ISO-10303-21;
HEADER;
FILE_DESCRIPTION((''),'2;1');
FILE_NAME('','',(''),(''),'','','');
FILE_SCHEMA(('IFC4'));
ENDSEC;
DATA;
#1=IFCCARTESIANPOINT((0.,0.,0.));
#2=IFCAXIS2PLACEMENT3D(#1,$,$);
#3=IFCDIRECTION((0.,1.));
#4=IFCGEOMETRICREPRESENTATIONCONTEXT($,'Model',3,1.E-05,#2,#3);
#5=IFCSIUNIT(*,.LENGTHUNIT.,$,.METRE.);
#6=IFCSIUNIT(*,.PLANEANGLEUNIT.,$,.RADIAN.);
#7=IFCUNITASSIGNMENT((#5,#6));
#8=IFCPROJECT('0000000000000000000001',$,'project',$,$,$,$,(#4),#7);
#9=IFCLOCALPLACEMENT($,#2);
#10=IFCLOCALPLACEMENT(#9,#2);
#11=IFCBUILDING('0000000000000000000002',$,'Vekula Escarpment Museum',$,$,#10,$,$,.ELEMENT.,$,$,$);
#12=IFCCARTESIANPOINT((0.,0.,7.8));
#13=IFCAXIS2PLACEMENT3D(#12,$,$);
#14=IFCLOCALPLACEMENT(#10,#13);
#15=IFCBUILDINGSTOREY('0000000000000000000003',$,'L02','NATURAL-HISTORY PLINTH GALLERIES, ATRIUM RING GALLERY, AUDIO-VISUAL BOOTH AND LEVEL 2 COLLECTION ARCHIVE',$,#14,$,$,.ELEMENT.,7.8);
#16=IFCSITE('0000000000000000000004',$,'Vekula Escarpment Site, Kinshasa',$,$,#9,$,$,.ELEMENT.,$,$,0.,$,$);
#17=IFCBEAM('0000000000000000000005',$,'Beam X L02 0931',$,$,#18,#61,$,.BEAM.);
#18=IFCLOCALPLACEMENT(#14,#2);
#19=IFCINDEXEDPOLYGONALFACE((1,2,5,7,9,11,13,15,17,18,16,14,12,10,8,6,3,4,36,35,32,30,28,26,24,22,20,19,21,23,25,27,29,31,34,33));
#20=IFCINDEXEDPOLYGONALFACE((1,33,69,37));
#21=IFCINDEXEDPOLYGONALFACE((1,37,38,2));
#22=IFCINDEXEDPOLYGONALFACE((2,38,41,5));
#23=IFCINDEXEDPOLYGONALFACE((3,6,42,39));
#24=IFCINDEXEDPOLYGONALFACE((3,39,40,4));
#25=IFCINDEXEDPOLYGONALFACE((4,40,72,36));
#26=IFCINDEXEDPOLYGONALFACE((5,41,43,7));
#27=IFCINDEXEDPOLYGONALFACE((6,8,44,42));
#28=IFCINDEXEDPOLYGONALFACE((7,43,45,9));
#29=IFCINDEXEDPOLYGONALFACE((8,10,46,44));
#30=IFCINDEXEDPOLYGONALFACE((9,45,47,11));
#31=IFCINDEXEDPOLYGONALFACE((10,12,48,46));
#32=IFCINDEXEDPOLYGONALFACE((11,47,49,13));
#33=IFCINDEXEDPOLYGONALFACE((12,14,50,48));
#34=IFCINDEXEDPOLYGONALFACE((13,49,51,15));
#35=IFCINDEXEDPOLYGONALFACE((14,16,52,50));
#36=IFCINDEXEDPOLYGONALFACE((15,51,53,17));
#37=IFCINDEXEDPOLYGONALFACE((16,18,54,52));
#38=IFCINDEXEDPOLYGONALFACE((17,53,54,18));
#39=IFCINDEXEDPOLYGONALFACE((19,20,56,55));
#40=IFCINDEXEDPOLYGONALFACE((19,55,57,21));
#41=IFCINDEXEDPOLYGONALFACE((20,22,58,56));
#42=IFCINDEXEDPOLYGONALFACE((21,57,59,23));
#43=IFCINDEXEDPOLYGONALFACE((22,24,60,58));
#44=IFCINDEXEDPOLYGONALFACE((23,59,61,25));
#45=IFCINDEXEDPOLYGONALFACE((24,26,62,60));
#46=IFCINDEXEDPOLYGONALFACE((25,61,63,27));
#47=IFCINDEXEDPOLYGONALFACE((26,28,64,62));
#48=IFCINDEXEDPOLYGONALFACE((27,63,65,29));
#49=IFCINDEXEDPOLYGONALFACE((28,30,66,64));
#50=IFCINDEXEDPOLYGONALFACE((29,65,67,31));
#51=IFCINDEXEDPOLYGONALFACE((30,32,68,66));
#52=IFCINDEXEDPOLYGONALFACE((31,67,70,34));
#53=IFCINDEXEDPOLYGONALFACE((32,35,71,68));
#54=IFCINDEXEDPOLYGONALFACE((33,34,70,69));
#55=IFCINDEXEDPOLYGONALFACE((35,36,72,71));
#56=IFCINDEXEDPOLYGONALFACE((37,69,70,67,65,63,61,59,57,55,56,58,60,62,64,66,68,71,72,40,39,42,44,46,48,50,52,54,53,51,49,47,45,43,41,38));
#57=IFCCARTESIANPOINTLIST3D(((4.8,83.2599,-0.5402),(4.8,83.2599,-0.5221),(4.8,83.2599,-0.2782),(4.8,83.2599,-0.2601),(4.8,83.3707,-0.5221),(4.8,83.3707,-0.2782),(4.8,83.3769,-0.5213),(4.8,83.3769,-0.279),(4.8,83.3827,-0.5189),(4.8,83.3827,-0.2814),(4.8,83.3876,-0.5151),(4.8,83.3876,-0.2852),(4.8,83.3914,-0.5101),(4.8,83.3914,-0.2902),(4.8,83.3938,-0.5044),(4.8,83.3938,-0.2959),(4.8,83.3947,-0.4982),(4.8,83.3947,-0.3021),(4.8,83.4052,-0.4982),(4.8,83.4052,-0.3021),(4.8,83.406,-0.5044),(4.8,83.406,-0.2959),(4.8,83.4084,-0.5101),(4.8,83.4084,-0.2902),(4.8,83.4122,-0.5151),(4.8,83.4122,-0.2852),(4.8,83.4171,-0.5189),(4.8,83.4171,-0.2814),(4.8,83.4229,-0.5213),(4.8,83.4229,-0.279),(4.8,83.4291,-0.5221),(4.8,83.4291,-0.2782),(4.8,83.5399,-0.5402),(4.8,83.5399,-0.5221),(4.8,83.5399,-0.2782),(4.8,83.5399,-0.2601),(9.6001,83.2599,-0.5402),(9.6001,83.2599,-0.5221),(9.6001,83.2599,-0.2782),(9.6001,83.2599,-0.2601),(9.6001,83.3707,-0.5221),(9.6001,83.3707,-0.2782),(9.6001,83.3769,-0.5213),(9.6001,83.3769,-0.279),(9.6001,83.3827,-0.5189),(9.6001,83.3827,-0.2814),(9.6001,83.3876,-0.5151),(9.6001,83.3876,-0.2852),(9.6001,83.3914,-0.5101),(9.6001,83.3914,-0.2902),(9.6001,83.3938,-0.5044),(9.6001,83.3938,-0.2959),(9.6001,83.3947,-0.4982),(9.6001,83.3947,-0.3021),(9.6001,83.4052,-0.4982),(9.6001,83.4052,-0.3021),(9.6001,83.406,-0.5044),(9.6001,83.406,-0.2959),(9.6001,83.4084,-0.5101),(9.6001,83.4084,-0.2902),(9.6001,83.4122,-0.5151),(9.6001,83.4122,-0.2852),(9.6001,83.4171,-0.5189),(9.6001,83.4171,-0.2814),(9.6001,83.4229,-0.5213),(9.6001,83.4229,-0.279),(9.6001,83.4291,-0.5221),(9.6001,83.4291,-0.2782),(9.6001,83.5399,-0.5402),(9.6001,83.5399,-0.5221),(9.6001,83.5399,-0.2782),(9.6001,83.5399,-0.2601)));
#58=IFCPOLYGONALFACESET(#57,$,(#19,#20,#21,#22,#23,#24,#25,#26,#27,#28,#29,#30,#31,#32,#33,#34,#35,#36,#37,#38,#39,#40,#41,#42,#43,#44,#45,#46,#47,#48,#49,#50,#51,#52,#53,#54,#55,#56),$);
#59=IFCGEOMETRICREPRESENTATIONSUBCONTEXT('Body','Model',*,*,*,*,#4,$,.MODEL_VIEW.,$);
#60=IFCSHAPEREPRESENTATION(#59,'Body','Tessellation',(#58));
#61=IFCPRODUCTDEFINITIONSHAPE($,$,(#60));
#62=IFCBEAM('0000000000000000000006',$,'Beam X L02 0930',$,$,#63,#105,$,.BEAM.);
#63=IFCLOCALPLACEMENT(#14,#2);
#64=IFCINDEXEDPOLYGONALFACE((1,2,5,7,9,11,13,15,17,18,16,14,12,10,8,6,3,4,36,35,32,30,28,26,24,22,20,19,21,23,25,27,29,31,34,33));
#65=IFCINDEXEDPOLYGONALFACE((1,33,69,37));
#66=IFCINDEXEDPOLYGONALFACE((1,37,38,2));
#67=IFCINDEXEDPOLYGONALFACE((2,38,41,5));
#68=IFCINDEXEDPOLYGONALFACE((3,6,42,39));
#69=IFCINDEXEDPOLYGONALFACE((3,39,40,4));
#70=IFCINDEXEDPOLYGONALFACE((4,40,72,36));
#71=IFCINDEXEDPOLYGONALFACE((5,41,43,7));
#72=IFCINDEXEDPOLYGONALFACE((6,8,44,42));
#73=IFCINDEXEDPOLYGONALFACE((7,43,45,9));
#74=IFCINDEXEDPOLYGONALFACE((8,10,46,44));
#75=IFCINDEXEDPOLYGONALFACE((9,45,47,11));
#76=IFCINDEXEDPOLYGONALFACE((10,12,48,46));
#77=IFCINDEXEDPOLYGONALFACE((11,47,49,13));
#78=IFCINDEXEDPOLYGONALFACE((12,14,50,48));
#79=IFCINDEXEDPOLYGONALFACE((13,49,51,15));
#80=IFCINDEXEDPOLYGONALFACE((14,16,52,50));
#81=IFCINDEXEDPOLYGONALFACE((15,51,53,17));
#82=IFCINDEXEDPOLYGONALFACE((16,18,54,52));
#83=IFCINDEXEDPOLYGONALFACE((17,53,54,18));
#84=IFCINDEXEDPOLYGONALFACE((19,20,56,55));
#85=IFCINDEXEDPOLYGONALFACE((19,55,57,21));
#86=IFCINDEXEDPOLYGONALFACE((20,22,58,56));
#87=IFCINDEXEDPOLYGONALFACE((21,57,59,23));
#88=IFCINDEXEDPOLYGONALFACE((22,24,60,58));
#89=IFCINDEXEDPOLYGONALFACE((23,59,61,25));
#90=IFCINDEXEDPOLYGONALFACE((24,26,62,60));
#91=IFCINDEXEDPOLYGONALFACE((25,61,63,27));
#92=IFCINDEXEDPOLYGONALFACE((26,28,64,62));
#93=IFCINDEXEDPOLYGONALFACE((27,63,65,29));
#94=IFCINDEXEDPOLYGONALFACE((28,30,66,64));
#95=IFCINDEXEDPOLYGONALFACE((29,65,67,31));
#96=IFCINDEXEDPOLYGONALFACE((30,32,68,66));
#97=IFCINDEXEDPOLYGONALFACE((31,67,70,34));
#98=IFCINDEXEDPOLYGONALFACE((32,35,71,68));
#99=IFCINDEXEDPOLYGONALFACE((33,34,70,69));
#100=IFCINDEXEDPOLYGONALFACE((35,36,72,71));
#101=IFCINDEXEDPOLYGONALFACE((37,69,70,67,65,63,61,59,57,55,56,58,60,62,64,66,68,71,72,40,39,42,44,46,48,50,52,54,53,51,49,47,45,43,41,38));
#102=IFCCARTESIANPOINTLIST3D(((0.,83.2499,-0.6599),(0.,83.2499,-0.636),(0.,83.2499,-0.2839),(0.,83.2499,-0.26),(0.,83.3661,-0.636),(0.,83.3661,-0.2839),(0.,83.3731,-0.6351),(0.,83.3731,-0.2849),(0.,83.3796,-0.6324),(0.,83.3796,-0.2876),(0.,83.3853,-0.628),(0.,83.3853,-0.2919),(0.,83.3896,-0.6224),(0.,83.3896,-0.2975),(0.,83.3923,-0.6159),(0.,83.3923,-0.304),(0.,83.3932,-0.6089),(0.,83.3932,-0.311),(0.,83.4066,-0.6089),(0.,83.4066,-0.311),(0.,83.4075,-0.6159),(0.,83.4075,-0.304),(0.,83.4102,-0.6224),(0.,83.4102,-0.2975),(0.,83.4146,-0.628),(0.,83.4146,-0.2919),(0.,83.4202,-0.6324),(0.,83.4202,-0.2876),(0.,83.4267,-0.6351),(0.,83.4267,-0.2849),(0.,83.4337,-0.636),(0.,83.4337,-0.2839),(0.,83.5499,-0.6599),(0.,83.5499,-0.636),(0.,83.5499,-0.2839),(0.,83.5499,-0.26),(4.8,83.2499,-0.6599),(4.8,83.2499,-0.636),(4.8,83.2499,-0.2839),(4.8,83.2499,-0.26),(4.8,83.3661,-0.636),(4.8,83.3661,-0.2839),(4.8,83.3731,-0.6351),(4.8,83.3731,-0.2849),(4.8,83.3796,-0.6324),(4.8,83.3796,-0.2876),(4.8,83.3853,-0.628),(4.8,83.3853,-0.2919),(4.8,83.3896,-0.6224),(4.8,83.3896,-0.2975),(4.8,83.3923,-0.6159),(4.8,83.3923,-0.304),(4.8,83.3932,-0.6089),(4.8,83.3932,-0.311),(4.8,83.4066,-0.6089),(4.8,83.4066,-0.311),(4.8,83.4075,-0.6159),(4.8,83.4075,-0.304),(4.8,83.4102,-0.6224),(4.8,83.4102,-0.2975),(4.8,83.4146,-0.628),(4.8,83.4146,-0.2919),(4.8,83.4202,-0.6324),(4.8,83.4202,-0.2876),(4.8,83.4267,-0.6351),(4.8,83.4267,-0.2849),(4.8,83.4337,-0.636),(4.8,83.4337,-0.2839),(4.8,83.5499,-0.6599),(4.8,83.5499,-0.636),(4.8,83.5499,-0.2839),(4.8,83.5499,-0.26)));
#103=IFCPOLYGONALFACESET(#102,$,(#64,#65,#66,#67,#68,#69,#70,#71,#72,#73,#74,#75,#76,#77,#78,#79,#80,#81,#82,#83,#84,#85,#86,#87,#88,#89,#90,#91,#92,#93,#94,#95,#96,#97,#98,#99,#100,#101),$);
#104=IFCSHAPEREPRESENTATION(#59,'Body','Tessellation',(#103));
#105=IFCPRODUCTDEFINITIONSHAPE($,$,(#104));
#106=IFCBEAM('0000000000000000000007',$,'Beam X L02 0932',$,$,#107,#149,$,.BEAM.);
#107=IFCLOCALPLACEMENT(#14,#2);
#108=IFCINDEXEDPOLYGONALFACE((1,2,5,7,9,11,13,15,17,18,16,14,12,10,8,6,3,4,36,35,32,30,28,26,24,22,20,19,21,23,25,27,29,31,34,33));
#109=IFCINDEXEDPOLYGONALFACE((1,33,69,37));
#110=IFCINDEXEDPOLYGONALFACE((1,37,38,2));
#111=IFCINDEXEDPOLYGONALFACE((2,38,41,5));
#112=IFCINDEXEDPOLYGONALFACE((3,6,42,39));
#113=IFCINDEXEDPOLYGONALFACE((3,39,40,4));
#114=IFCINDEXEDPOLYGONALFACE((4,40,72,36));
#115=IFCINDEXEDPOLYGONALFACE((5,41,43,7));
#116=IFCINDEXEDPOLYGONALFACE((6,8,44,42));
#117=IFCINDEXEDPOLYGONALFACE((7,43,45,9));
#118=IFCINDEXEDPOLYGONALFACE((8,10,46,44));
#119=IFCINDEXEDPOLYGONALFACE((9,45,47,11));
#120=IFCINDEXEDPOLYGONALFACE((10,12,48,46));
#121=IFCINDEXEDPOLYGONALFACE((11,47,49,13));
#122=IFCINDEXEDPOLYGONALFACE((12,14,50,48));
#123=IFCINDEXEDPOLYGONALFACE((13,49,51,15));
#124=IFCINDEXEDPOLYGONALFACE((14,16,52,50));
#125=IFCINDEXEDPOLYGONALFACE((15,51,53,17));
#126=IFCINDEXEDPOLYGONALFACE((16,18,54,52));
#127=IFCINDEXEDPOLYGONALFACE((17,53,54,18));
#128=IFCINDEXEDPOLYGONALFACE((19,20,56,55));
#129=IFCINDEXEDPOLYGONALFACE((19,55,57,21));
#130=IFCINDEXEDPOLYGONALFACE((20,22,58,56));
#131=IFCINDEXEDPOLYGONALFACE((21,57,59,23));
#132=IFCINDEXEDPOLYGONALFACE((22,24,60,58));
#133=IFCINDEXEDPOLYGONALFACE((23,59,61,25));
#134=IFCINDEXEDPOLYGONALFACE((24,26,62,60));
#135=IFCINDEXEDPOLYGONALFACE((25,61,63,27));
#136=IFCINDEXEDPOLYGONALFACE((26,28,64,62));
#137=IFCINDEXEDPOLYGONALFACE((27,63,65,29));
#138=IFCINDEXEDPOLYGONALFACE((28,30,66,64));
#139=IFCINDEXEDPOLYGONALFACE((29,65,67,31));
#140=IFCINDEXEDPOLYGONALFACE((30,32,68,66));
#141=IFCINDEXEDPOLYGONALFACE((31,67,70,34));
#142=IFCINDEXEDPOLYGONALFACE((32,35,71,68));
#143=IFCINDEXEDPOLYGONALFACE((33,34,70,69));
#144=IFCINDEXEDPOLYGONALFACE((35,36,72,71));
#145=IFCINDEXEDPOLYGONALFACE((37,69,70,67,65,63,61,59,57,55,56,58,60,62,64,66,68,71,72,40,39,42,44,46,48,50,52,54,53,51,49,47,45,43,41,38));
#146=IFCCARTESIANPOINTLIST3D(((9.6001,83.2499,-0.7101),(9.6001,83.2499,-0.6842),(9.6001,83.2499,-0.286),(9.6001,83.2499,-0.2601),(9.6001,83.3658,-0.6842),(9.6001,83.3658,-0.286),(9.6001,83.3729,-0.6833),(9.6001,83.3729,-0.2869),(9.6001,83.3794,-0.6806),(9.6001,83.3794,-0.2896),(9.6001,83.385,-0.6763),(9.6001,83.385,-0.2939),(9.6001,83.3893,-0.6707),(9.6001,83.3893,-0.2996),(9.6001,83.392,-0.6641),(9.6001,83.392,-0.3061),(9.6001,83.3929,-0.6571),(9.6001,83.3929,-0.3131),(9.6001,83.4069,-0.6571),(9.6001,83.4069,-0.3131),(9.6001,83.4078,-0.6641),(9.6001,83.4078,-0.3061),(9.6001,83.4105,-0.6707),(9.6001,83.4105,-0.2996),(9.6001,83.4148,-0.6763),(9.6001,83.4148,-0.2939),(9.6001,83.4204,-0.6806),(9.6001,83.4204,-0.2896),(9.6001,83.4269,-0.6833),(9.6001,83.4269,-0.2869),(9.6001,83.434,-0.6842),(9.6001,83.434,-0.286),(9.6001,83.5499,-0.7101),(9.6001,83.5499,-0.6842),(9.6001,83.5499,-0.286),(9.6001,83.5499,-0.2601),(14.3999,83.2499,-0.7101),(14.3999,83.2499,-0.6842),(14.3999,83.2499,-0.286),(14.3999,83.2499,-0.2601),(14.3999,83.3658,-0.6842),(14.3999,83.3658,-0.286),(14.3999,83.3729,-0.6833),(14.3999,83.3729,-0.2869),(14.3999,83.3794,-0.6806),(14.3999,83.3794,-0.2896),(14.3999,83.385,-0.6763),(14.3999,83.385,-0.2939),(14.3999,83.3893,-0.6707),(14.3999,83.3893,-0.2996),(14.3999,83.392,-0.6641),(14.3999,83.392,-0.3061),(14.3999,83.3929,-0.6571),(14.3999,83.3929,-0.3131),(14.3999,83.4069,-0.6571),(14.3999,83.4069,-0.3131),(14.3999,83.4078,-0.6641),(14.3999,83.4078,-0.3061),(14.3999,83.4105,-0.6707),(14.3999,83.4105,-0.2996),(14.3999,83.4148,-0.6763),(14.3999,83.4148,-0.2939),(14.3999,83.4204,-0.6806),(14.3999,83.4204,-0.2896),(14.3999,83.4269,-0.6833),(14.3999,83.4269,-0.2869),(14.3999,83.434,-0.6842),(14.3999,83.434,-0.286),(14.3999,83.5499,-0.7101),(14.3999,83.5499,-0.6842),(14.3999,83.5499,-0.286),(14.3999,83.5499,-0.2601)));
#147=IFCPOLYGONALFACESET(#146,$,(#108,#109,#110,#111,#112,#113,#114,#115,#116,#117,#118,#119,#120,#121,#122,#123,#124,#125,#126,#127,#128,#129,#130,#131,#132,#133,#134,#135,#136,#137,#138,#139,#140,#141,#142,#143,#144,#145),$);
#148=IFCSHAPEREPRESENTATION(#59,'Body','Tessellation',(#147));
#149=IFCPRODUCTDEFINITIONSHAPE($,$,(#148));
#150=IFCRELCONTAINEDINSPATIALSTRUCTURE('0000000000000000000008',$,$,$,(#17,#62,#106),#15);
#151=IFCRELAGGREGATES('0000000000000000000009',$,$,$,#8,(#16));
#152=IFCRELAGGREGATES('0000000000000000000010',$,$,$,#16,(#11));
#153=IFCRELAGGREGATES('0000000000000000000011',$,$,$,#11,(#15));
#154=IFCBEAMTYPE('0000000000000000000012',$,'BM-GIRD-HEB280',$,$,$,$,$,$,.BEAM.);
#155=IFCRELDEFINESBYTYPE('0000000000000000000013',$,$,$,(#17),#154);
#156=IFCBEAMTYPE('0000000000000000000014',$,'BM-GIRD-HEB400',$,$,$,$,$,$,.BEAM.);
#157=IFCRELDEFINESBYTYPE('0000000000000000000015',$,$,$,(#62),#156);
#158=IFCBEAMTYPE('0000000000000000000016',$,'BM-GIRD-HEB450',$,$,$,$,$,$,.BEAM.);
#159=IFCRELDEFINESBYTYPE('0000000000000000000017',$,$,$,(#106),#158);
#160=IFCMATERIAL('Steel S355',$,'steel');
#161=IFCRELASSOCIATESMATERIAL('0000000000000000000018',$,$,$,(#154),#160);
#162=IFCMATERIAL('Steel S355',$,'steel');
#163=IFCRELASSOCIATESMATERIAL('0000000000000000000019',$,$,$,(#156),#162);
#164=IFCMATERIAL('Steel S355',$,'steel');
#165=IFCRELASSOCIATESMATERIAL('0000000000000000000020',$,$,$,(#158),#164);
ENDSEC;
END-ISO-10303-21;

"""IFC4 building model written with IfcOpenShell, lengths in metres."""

from ifc_helpers import new_model, si_unit, direction, frame, origin, origin_2d, place, context, subcontext, project, spatial, i_section, extrude, material, material_profile, profile_set, type_object, element, save


model = new_model("IFC4")

# Units and contexts
model_context = context("Model", 3, precision=1e-05, world=origin(), true_north=direction((0.0, 1.0)))
body_context = subcontext(model_context, "Body", "Model", "MODEL_VIEW")
ifc_project = project(units=[si_unit("LENGTHUNIT", "METRE"), si_unit("PLANEANGLEUNIT", "RADIAN")], contexts=[model_context])

# Site, building, storey
site_placement = place(None, origin())
site = spatial("IfcSite", under=ifc_project, at=site_placement, Name="Vekula Escarpment Site, Kinshasa", CompositionType="ELEMENT", RefElevation=0.0)
building_placement = place(site_placement, origin())
building = spatial("IfcBuilding", under=site, at=building_placement, Name="Vekula Escarpment Museum", CompositionType="ELEMENT")
storey_placement = place(building_placement, frame((0.0, 0.0, 7.8)))
storey = spatial("IfcBuildingStorey", under=building, at=storey_placement, Name="L02", Description="NATURAL-HISTORY PLINTH GALLERIES, ATRIUM RING GALLERY, AUDIO-VISUAL BOOTH AND LEVEL 2 COLLECTION ARCHIVE", CompositionType="ELEMENT", Elevation=7.8)

# Beams
ifc_material_1 = material(Name="Steel S355", Category="steel")
ifc_material_profile_1 = material_profile(ifc_material_1, i_section(OverallWidth=0.28, OverallDepth=0.28, WebThickness=0.0105, FlangeThickness=0.0181, FilletRadius=0.0239, at=origin_2d()), Name="HEB 280")
ifc_profile_set_1 = profile_set([ifc_material_profile_1], Name="Steel S355")
beam_type_1 = type_object("IfcBeamType", Name="BM-GIRD-HEB280", PredefinedType="BEAM", material=ifc_profile_set_1)
beam_1_placement = place(storey_placement, frame((4.8, 83.3999, -0.4001), z_axis=(1.0, 0.0, 0.0), x_axis=(0.0, 1.0, 0.0)))
element("IfcBeam", 1, at=beam_1_placement, inside=storey, type_object=beam_type_1, Name="Beam X L02 0931", PredefinedType="BEAM", context=body_context, shape_type="SweptSolid", body=[
    extrude(i_section(OverallWidth=0.28, OverallDepth=0.28, WebThickness=0.0105, FlangeThickness=0.0181, FilletRadius=0.0239, at=origin_2d()), origin(), (0.0, 0.0, 1.0), 4.8),
])
ifc_material_2 = material(Name="Steel S355", Category="steel")
ifc_material_profile_2 = material_profile(ifc_material_2, i_section(OverallWidth=0.3, OverallDepth=0.3999, WebThickness=0.0134, FlangeThickness=0.0239, FilletRadius=0.0271, at=origin_2d()), Name="HEB 400")
ifc_profile_set_2 = profile_set([ifc_material_profile_2], Name="Steel S355")
beam_type_2 = type_object("IfcBeamType", Name="BM-GIRD-HEB400", PredefinedType="BEAM", material=ifc_profile_set_2)
beam_2_placement = place(storey_placement, frame((0.0, 83.3999, -0.46), z_axis=(1.0, 0.0, 0.0), x_axis=(0.0, 1.0, 0.0)))
element("IfcBeam", 2, at=beam_2_placement, inside=storey, type_object=beam_type_2, Name="Beam X L02 0930", PredefinedType="BEAM", context=body_context, shape_type="SweptSolid", body=[
    extrude(i_section(OverallWidth=0.3, OverallDepth=0.3999, WebThickness=0.0134, FlangeThickness=0.0239, FilletRadius=0.0271, at=origin_2d()), origin(), (0.0, 0.0, 1.0), 4.8),
])
ifc_material_3 = material(Name="Steel S355", Category="steel")
ifc_material_profile_3 = material_profile(ifc_material_3, i_section(OverallWidth=0.3, OverallDepth=0.45, WebThickness=0.0139, FlangeThickness=0.0259, FilletRadius=0.0271, at=origin_2d()), Name="HEB 450")
ifc_profile_set_3 = profile_set([ifc_material_profile_3], Name="Steel S355")
beam_type_3 = type_object("IfcBeamType", Name="BM-GIRD-HEB450", PredefinedType="BEAM", material=ifc_profile_set_3)
beam_3_placement = place(storey_placement, frame((9.6001, 83.3999, -0.4851), z_axis=(1.0, 0.0, 0.0), x_axis=(0.0, 1.0, 0.0)))
element("IfcBeam", 3, at=beam_3_placement, inside=storey, type_object=beam_type_3, Name="Beam X L02 0932", PredefinedType="BEAM", context=body_context, shape_type="SweptSolid", body=[
    extrude(i_section(OverallWidth=0.3, OverallDepth=0.45, WebThickness=0.0139, FlangeThickness=0.0259, FilletRadius=0.0271, at=origin_2d()), origin(), (0.0, 0.0, 1.0), 4.7998),
])

save(model, "model.ifc")
